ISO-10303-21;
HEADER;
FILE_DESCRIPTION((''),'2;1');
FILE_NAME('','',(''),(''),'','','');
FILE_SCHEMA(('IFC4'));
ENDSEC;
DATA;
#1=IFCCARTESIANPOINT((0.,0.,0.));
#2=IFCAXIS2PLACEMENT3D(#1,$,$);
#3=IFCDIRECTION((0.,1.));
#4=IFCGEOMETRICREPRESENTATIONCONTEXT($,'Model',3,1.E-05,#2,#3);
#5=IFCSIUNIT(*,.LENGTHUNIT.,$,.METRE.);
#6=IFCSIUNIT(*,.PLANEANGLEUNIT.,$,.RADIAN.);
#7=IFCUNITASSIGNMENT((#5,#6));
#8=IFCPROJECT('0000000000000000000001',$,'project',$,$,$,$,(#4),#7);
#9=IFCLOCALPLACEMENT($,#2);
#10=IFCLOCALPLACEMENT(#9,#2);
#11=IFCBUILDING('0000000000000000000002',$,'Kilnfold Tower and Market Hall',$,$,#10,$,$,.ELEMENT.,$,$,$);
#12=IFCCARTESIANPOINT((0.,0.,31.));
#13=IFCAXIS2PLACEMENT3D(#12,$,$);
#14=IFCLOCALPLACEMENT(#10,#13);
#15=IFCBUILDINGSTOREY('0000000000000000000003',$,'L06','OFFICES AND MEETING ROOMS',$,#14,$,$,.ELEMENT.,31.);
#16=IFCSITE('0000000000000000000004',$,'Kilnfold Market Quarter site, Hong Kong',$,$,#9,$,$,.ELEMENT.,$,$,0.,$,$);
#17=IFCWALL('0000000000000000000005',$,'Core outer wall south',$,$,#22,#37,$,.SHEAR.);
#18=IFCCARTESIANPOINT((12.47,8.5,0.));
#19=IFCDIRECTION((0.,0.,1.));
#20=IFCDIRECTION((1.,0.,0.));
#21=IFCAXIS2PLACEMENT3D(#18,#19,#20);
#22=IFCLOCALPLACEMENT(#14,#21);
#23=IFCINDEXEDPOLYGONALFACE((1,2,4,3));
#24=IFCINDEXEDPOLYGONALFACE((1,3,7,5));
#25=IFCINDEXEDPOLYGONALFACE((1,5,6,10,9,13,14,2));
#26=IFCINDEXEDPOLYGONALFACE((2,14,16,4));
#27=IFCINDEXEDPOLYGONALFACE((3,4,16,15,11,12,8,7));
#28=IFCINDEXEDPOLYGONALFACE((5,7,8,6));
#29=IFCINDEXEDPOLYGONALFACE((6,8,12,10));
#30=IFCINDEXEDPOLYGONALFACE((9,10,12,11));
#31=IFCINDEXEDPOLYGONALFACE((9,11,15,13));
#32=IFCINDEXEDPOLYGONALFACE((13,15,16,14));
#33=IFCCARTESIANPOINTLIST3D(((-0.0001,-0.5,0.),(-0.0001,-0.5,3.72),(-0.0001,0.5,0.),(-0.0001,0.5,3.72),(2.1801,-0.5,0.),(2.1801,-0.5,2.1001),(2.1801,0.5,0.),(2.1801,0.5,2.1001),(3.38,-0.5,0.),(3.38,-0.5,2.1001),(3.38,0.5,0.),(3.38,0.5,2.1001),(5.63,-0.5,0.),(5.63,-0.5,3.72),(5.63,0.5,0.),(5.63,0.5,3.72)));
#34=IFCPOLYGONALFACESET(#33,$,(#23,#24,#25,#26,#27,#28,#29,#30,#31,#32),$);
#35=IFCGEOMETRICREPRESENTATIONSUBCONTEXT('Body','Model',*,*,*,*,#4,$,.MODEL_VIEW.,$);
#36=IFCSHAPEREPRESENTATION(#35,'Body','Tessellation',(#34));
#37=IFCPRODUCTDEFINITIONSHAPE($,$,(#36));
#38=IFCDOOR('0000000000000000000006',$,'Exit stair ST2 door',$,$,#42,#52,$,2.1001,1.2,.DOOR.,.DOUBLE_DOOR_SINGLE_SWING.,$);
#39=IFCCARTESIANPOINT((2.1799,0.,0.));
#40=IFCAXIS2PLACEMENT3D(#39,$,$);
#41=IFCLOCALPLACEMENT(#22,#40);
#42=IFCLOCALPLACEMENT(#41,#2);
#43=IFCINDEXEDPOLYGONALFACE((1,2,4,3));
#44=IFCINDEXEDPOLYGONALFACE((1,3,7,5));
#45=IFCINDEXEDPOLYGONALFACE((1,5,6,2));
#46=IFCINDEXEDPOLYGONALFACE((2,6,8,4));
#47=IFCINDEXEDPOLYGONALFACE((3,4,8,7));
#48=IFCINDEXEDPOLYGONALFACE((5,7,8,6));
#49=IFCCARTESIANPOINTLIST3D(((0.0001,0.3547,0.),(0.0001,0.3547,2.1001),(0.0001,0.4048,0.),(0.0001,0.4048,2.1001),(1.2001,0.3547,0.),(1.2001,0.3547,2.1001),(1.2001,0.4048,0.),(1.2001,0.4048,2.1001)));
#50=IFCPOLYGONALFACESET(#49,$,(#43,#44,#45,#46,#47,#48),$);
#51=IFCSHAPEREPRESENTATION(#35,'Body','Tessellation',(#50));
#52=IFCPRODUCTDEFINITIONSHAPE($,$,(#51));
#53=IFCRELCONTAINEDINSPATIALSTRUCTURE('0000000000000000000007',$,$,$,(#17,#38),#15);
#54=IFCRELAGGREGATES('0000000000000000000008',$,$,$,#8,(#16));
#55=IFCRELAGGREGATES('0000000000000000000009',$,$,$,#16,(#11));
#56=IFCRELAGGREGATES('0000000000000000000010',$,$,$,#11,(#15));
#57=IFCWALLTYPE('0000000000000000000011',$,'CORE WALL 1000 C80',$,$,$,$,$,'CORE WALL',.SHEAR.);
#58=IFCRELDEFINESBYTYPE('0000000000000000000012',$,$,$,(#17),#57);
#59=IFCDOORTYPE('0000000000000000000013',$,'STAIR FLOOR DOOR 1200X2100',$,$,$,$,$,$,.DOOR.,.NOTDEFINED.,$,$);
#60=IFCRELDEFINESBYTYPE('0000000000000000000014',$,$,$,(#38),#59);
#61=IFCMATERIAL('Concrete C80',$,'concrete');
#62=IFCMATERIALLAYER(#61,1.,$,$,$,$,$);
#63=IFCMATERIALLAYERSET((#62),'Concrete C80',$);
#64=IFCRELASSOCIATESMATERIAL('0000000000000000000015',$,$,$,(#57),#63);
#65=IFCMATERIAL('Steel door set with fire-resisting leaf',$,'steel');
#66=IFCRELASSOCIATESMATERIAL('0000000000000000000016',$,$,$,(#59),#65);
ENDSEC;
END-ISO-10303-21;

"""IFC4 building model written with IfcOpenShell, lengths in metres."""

from ifc_helpers import new_model, si_unit, direction, frame, frame_2d, origin, place, context, subcontext, project, spatial, rectangle, extrude, source, transform, mapped, material, layer, layer_set, type_object, element, fill, save


model = new_model("IFC4")

# Units and contexts
model_context = context("Model", 3, precision=1e-05, world=origin(), true_north=direction((0.0, 1.0)))
body_context = subcontext(model_context, "Body", "Model", "MODEL_VIEW")
ifc_project = project(units=[si_unit("LENGTHUNIT", "METRE"), si_unit("PLANEANGLEUNIT", "RADIAN")], contexts=[model_context])

# Site, building, storey
site_placement = place(None, origin())
site = spatial("IfcSite", under=ifc_project, at=site_placement, Name="Kilnfold Market Quarter site, Hong Kong", CompositionType="ELEMENT", RefElevation=0.0)
building_placement = place(site_placement, origin())
building = spatial("IfcBuilding", under=site, at=building_placement, Name="Kilnfold Tower and Market Hall", CompositionType="ELEMENT")
storey_placement = place(building_placement, frame((0.0, 0.0, 31.0)))
storey = spatial("IfcBuildingStorey", under=building, at=storey_placement, Name="L06", Description="OFFICES AND MEETING ROOMS", CompositionType="ELEMENT", Elevation=31.0)

# Shared definitions
ifc_material_1 = material(Name="Concrete C80", Category="concrete")
ifc_layer_1 = layer(ifc_material_1, 1.0)
ifc_layer_set_1 = layer_set([ifc_layer_1], Name="Concrete C80")
wall_type_1 = type_object("IfcWallType", Name="CORE WALL 1000 C80", ElementType="CORE WALL", PredefinedType="SHEAR", material=ifc_layer_set_1)

# Wall, opening, door
shared_shape_1 = source(origin(), body_context, "Body", "SweptSolid", [
    extrude(rectangle(XDim=5.6301, YDim=1.0, at=frame_2d((2.8149, 0.0))), origin(), (0.0, 0.0, 1.0), 3.72),
])
wall_1_placement = place(storey_placement, frame((12.47, 8.5, 0.0), z_axis=(0.0, 0.0, 1.0), x_axis=(1.0, 0.0, 0.0)))
wall_1 = element("IfcWall", 1, at=wall_1_placement, inside=storey, type_object=wall_type_1, Name="Core outer wall south", PredefinedType="SHEAR", context=body_context, shape_type="MappedRepresentation", body=[
    mapped(shared_shape_1, transform((0.0, 0.0, 0.0))),
])
opening_1_placement = place(wall_1_placement, frame((2.1799, 0.0, 0.0)))
opening_1 = element("IfcOpeningElement", 2, at=opening_1_placement, cuts=wall_1, PredefinedType="OPENING", context=body_context, shape_type="SweptSolid", body=[
    extrude(rectangle(XDim=1.2, YDim=2.1001, at=frame_2d((0.6001, 1.05))), frame((0.0, 0.51, 0.0), z_axis=(0.0, -1.0, 0.0), x_axis=(1.0, 0.0, 0.0)), (0.0, 0.0, 1.0), 1.02),
])
ifc_material_2 = material(Name="Steel door set with fire-resisting leaf", Category="steel")
door_type_1 = type_object("IfcDoorType", Name="STAIR FLOOR DOOR 1200X2100", OperationType="NOTDEFINED", PredefinedType="DOOR", material=ifc_material_2)
door_1_placement = place(opening_1_placement, origin())
door_1 = element("IfcDoor", 3, at=door_1_placement, inside=storey, type_object=door_type_1, Name="Exit stair ST2 door", OperationType="DOUBLE_DOOR_SINGLE_SWING", OverallHeight=2.1001, OverallWidth=1.2, PredefinedType="DOOR", context=body_context, shape_type="SweptSolid", body=[
    extrude(rectangle(XDim=1.2, YDim=2.1001, at=frame_2d((0.6001, 1.05))), frame((0.0, 0.4048, 0.0), z_axis=(0.0, -1.0, 0.0), x_axis=(1.0, 0.0, 0.0)), (0.0, 0.0, 1.0), 0.05),
])
fill(opening_1, door_1)

save(model, "model.ifc")
